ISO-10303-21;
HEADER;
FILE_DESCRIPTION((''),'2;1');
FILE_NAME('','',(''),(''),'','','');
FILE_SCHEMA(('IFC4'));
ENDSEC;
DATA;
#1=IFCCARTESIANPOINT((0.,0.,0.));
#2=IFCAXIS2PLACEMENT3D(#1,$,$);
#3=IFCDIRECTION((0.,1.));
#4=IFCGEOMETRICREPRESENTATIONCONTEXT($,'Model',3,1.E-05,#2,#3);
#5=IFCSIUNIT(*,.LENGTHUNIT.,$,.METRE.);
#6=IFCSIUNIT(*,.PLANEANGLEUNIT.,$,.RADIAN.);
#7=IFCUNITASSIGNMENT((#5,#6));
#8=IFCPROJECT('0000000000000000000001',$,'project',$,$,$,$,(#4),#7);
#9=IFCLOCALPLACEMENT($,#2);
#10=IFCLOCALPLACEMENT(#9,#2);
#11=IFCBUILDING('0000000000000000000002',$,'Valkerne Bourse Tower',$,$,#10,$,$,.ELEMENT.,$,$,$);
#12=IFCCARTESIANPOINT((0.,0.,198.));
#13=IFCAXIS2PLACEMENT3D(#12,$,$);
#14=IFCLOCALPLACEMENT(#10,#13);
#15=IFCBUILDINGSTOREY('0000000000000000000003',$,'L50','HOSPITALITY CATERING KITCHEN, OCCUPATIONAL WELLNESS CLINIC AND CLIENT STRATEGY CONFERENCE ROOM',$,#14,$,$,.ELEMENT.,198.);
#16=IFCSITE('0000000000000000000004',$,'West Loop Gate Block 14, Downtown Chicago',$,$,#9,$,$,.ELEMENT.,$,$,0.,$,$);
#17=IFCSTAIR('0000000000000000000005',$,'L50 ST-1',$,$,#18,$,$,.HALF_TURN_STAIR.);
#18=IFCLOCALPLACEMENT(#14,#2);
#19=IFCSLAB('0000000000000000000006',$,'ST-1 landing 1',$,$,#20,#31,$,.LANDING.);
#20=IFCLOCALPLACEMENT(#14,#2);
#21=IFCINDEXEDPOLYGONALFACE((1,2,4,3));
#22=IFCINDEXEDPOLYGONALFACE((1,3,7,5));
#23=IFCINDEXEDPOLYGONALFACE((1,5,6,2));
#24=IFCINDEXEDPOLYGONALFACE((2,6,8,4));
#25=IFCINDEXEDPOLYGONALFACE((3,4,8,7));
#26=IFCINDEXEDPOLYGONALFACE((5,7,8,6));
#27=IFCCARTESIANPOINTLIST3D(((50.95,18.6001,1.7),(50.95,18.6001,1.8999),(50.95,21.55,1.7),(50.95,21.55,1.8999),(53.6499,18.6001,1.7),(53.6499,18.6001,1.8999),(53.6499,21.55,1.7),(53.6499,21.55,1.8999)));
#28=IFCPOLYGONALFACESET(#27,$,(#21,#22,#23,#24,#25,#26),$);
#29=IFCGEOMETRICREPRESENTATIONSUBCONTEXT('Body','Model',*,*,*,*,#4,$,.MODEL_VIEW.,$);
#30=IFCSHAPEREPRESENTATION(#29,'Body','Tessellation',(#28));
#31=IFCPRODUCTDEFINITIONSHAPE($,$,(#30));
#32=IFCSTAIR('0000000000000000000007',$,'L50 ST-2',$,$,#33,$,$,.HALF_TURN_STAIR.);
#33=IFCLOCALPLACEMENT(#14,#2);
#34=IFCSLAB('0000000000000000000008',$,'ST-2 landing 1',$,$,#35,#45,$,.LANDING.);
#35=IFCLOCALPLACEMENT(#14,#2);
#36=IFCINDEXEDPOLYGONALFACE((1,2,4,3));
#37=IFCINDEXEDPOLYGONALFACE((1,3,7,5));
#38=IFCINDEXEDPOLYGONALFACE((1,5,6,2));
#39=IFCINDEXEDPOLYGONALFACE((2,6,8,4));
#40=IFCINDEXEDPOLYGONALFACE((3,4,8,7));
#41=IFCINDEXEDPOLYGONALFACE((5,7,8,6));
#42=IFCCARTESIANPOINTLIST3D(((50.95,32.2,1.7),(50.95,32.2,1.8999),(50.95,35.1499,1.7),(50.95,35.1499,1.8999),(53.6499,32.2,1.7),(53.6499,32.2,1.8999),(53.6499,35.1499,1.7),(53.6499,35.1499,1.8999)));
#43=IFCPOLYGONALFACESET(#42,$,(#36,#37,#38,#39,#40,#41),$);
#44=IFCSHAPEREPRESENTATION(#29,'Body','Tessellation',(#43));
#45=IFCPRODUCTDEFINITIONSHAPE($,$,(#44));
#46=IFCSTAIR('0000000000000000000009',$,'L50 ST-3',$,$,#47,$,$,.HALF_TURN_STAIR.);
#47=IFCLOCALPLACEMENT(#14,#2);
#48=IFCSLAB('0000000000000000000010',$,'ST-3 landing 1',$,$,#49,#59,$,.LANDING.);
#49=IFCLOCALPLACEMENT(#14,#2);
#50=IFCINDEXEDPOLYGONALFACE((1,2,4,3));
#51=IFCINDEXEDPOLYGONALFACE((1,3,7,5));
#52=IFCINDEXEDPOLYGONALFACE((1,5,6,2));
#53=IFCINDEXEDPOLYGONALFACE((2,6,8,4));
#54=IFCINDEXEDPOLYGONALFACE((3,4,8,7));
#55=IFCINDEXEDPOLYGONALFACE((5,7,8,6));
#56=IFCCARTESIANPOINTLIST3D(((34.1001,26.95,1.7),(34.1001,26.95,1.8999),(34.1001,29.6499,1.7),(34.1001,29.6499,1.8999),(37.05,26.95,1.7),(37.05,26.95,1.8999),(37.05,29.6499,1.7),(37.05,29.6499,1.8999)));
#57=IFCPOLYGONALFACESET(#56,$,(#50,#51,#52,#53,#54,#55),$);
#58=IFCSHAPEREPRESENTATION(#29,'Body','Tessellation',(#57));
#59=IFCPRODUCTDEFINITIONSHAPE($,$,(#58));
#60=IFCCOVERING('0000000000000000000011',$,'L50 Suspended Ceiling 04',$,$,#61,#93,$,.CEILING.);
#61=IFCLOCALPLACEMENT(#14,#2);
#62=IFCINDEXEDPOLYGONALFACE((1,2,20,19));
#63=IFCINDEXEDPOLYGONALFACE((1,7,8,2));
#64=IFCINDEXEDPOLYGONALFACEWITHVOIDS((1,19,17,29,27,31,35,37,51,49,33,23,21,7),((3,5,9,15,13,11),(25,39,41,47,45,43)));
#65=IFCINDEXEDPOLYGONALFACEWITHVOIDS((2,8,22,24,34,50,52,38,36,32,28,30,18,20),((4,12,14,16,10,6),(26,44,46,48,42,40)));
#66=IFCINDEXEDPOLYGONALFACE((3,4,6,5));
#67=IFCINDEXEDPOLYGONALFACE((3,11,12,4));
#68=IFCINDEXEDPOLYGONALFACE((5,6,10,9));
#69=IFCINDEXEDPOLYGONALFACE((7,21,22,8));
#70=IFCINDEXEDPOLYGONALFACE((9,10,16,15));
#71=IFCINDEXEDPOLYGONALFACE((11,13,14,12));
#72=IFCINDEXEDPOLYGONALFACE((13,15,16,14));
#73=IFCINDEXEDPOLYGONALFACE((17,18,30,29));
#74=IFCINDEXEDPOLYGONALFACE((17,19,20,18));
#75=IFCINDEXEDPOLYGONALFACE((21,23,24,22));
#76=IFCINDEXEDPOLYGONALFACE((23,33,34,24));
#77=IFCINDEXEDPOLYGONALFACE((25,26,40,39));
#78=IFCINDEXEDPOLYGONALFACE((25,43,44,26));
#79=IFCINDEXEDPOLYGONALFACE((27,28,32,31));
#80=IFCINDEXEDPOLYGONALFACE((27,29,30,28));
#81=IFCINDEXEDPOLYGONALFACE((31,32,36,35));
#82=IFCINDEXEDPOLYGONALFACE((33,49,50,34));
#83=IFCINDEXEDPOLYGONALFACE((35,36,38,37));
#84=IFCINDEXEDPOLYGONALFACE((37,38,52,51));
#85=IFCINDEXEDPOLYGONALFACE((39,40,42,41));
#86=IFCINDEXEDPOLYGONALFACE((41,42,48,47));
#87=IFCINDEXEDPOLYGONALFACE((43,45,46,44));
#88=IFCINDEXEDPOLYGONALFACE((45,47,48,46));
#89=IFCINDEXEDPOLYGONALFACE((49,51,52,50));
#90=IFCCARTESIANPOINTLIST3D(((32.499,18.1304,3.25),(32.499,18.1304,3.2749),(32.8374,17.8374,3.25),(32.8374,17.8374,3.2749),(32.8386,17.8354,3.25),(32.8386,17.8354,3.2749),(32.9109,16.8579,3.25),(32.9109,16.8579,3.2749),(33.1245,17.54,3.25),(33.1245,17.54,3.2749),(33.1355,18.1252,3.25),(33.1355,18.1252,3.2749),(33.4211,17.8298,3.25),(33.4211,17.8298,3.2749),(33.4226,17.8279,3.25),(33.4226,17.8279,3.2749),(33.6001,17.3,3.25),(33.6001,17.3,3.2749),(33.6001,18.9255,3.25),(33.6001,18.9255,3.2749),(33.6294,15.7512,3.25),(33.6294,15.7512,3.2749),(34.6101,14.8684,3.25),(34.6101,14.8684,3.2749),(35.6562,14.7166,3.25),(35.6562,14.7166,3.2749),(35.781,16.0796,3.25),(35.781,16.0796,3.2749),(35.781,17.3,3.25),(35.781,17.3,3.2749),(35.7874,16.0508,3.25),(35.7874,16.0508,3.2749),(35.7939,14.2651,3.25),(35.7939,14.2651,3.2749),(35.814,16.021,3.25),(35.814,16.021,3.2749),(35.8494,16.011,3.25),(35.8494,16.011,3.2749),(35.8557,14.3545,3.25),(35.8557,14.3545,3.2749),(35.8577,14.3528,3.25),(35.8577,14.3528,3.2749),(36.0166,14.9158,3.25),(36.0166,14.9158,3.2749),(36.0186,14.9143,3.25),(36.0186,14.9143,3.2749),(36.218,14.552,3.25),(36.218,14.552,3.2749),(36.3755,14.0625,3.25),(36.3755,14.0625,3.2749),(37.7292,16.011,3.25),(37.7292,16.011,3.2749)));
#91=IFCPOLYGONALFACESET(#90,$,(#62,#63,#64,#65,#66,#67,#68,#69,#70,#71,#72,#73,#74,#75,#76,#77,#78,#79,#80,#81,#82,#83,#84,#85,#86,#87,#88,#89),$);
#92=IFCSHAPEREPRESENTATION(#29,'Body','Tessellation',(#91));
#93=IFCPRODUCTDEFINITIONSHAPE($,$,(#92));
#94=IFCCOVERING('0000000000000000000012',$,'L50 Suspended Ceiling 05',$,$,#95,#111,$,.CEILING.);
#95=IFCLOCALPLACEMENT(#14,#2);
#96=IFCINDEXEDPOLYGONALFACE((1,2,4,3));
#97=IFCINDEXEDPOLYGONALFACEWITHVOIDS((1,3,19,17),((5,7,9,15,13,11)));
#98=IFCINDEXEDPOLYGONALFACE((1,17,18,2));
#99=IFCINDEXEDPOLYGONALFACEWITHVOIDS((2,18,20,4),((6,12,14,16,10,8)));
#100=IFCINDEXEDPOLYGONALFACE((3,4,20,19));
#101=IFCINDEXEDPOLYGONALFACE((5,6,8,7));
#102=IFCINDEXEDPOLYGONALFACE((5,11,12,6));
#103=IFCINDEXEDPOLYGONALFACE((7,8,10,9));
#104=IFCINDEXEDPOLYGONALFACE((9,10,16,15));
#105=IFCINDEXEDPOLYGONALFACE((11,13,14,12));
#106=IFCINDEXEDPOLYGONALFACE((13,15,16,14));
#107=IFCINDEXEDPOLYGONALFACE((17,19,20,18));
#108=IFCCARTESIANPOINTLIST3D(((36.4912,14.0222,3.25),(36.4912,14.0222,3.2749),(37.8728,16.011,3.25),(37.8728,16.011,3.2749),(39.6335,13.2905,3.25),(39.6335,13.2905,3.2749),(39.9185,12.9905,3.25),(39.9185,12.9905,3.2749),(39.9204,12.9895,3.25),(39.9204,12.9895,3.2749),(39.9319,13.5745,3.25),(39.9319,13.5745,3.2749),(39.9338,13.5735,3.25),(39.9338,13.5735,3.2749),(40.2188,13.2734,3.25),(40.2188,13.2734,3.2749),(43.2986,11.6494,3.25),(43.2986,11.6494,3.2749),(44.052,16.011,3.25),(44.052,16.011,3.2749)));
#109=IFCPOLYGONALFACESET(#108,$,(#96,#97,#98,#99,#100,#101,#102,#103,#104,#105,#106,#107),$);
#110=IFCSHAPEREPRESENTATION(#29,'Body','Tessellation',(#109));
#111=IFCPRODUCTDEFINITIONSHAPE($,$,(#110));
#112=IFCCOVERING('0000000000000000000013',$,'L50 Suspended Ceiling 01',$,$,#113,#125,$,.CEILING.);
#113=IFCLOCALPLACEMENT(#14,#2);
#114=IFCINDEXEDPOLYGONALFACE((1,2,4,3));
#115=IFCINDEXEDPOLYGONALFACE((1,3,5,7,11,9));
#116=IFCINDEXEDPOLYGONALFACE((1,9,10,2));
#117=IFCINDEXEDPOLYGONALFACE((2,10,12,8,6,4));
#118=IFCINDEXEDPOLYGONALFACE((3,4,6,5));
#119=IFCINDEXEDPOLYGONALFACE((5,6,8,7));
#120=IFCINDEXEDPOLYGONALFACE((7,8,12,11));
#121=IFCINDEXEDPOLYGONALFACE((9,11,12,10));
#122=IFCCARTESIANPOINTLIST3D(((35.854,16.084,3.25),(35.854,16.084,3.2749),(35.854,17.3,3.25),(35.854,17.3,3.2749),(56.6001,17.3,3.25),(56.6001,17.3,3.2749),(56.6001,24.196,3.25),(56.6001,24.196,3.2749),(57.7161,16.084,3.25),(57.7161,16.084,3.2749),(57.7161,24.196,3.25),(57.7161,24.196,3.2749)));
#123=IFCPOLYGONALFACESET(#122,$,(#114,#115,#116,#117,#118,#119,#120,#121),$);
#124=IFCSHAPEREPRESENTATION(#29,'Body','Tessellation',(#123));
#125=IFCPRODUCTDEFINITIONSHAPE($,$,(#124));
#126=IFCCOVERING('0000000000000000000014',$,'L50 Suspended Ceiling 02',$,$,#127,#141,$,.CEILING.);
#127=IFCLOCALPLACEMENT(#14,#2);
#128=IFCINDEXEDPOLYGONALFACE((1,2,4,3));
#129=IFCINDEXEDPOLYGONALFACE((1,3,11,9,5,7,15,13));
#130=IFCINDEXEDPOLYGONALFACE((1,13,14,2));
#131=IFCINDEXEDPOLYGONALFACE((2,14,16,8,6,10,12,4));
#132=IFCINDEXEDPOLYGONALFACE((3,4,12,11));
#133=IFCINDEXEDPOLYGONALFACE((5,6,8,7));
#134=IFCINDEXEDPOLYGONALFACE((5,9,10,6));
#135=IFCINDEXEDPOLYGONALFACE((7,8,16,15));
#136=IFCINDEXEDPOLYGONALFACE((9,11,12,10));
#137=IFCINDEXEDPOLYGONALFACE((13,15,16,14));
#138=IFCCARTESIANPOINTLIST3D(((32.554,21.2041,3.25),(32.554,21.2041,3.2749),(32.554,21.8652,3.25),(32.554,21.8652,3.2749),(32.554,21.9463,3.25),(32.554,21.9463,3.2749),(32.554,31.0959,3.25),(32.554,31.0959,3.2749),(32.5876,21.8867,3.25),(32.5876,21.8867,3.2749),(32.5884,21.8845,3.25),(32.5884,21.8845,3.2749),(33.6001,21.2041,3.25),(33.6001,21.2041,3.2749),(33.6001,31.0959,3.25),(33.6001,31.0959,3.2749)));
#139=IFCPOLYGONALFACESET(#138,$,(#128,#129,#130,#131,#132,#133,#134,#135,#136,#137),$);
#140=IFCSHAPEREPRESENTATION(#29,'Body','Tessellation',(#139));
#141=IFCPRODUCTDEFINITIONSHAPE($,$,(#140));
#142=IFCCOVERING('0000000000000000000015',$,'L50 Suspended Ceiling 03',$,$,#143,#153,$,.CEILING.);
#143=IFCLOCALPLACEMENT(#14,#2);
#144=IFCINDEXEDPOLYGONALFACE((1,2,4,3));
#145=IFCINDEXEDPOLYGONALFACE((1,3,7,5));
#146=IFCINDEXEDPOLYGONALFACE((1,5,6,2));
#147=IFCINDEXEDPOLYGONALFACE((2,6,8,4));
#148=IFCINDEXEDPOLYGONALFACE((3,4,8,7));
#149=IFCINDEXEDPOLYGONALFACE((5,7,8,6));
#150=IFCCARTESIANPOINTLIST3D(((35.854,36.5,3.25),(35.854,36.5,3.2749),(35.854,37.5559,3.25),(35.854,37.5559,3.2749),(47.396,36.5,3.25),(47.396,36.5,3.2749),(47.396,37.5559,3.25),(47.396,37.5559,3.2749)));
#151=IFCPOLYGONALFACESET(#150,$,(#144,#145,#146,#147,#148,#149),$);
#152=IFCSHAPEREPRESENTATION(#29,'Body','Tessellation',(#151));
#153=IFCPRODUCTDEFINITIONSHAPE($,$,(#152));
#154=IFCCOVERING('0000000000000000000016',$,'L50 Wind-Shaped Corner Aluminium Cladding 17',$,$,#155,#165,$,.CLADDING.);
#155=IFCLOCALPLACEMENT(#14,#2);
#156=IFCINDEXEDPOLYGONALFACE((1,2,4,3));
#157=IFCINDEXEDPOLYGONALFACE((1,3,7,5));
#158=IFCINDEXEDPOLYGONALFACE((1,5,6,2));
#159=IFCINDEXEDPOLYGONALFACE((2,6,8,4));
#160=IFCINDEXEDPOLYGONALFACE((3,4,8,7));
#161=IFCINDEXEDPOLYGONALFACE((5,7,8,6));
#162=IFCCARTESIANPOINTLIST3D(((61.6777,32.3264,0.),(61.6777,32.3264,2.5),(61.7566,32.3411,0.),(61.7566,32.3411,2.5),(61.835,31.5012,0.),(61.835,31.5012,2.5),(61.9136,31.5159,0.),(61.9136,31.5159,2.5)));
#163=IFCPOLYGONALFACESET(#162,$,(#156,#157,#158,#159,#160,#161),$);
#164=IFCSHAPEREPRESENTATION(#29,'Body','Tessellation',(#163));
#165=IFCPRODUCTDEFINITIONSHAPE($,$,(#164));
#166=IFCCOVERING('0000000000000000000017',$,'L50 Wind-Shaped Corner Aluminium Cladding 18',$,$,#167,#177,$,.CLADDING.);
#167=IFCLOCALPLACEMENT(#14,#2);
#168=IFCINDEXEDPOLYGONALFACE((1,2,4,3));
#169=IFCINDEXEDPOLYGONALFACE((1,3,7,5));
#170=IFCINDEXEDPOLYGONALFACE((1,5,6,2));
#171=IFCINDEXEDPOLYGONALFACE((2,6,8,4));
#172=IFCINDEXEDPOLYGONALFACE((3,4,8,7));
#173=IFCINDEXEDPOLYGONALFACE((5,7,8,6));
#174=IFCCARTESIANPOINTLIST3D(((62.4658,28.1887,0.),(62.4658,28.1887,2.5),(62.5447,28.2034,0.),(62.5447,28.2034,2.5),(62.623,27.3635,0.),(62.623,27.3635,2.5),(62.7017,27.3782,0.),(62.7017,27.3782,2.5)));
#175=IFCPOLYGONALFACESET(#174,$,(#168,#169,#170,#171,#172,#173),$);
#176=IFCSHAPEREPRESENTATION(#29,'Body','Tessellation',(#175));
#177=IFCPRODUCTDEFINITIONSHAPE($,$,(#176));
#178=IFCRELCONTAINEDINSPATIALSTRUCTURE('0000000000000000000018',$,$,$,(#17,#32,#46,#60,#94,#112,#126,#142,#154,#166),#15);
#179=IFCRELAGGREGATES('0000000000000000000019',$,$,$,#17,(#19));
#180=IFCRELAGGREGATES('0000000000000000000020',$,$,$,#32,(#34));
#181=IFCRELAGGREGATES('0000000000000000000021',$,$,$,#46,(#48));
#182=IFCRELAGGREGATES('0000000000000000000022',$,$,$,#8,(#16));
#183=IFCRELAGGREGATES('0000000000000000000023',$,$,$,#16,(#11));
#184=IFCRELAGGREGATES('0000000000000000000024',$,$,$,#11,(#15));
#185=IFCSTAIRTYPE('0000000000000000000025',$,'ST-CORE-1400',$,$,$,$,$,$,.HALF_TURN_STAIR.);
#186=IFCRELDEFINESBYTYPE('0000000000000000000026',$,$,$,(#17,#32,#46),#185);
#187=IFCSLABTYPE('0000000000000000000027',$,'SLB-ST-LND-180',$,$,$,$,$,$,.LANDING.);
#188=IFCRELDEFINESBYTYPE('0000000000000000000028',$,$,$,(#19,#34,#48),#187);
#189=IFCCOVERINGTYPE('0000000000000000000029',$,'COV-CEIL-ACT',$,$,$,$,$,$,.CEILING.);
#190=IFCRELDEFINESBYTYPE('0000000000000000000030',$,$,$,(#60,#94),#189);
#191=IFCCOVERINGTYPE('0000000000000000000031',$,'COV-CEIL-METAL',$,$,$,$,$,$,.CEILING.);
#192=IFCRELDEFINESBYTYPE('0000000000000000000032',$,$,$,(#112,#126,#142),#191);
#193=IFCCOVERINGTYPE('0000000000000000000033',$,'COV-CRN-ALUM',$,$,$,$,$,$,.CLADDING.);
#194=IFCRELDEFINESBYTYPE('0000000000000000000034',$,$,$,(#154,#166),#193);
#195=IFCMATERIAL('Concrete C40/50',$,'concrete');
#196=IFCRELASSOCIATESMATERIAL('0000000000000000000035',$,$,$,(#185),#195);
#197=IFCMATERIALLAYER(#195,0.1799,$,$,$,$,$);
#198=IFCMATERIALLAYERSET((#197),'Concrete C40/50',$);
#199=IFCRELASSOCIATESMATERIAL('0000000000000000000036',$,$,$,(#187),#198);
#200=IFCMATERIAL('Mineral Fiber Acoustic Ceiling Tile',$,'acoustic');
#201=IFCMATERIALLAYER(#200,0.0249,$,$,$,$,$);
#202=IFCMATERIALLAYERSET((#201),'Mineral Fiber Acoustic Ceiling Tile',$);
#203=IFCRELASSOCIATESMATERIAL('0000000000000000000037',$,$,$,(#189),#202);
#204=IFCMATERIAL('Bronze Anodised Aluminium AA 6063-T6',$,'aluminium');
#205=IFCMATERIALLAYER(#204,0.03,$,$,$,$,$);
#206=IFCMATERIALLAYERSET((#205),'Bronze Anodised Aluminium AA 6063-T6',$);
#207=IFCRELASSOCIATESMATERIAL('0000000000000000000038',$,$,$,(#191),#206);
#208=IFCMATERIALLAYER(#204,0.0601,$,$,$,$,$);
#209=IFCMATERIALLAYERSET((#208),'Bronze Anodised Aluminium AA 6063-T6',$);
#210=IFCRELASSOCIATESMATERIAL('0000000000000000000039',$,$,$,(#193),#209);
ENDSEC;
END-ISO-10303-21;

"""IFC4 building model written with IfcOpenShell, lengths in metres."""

from ifc_helpers import new_model, si_unit, direction, frame, origin, place, context, subcontext, project, spatial, polyline, outline, extrude, material, layer, layer_set, type_object, element, aggregate, save


model = new_model("IFC4")

# Units and contexts
model_context = context("Model", 3, precision=1e-05, world=origin(), true_north=direction((0.0, 1.0)))
body_context = subcontext(model_context, "Body", "Model", "MODEL_VIEW")
ifc_project = project(units=[si_unit("LENGTHUNIT", "METRE"), si_unit("PLANEANGLEUNIT", "RADIAN")], contexts=[model_context])

# Site, building, storey
site_placement = place(None, origin())
site = spatial("IfcSite", under=ifc_project, at=site_placement, Name="West Loop Gate Block 14, Downtown Chicago", CompositionType="ELEMENT", RefElevation=0.0)
building_placement = place(site_placement, origin())
building = spatial("IfcBuilding", under=site, at=building_placement, Name="Valkerne Bourse Tower", CompositionType="ELEMENT")
storey_placement = place(building_placement, frame((0.0, 0.0, 198.0)))
storey = spatial("IfcBuildingStorey", under=building, at=storey_placement, Name="L50", Description="HOSPITALITY CATERING KITCHEN, OCCUPATIONAL WELLNESS CLINIC AND CLIENT STRATEGY CONFERENCE ROOM", CompositionType="ELEMENT", Elevation=198.0)

# Stairs, slabs
ifc_material_1 = material(Name="Concrete C40/50", Category="concrete")
stair_type = type_object("IfcStairType", Name="ST-CORE-1400", PredefinedType="HALF_TURN_STAIR", material=ifc_material_1)
stair_1_placement = place(storey_placement, origin())
stair_1 = element("IfcStair", 1, at=stair_1_placement, inside=storey, type_object=stair_type, Name="L50 ST-1", PredefinedType="HALF_TURN_STAIR")
ifc_layer_1 = layer(ifc_material_1, 0.1799)
ifc_layer_set_1 = layer_set([ifc_layer_1], Name="Concrete C40/50")
slab_type = type_object("IfcSlabType", Name="SLB-ST-LND-180", PredefinedType="LANDING", material=ifc_layer_set_1)
slab_1_placement = place(storey_placement, frame((0.0, 0.0, 1.7)))
slab_1 = element("IfcSlab", 2, at=slab_1_placement, type_object=slab_type, Name="ST-1 landing 1", PredefinedType="LANDING", context=body_context, shape_type="SweptSolid", body=[
    extrude(outline(polyline([(50.95, 18.6001), (53.6499, 18.6001), (53.6499, 21.55), (50.95, 21.55), (50.95, 18.6001)])), origin(), (0.0, 0.0, 1.0), 0.2),
])
aggregate(stair_1, [slab_1])
stair_2_placement = place(storey_placement, origin())
stair_2 = element("IfcStair", 3, at=stair_2_placement, inside=storey, type_object=stair_type, Name="L50 ST-2", PredefinedType="HALF_TURN_STAIR")
slab_2_placement = place(storey_placement, frame((0.0, 0.0, 1.7)))
slab_2 = element("IfcSlab", 4, at=slab_2_placement, type_object=slab_type, Name="ST-2 landing 1", PredefinedType="LANDING", context=body_context, shape_type="SweptSolid", body=[
    extrude(outline(polyline([(50.95, 32.2), (53.6499, 32.2), (53.6499, 35.1499), (50.95, 35.1499), (50.95, 32.2)])), origin(), (0.0, 0.0, 1.0), 0.2),
])
aggregate(stair_2, [slab_2])
stair_3_placement = place(storey_placement, origin())
stair_3 = element("IfcStair", 5, at=stair_3_placement, inside=storey, type_object=stair_type, Name="L50 ST-3", PredefinedType="HALF_TURN_STAIR")
slab_3_placement = place(storey_placement, frame((0.0, 0.0, 1.7)))
slab_3 = element("IfcSlab", 6, at=slab_3_placement, type_object=slab_type, Name="ST-3 landing 1", PredefinedType="LANDING", context=body_context, shape_type="SweptSolid", body=[
    extrude(outline(polyline([(37.05, 26.95), (37.05, 29.6499), (34.1001, 29.6499), (34.1001, 26.95), (37.05, 26.95)])), origin(), (0.0, 0.0, 1.0), 0.2),
])
aggregate(stair_3, [slab_3])

# Coverings
ifc_material_2 = material(Name="Mineral Fiber Acoustic Ceiling Tile", Category="acoustic")
ifc_layer_2 = layer(ifc_material_2, 0.0249)
ifc_layer_set_2 = layer_set([ifc_layer_2], Name="Mineral Fiber Acoustic Ceiling Tile")
covering_type_1 = type_object("IfcCoveringType", Name="COV-CEIL-ACT", PredefinedType="CEILING", material=ifc_layer_set_2)
covering_1_placement = place(storey_placement, frame((0.0, 0.0, 3.25)))
element("IfcCovering", 7, at=covering_1_placement, inside=storey, type_object=covering_type_1, Name="L50 Suspended Ceiling 04", PredefinedType="CEILING", context=body_context, shape_type="SweptSolid", body=[
    extrude(outline(polyline([(33.6294, 15.7512), (32.9109, 16.8579), (32.499, 18.1304), (33.6001, 18.9255), (33.6001, 17.3), (35.781, 17.3), (35.781, 16.0796), (35.7874, 16.0508), (35.814, 16.021), (35.8494, 16.011), (37.7292, 16.011), (36.3755, 14.0625), (35.7939, 14.2651), (34.6101, 14.8684), (33.6294, 15.7512)]), holes=[polyline([(36.0186, 14.9143), (36.0166, 14.9158), (35.6562, 14.7166), (35.8557, 14.3545), (35.8577, 14.3528), (36.218, 14.552), (36.0186, 14.9143)]), polyline([(33.4211, 17.8298), (33.1355, 18.1252), (32.8374, 17.8374), (32.8386, 17.8354), (33.1245, 17.54), (33.4226, 17.8279), (33.4211, 17.8298)])]), origin(), (0.0, 0.0, 1.0), 0.0249),
])
covering_2_placement = place(storey_placement, frame((0.0, 0.0, 3.25)))
element("IfcCovering", 8, at=covering_2_placement, inside=storey, type_object=covering_type_1, Name="L50 Suspended Ceiling 05", PredefinedType="CEILING", context=body_context, shape_type="SweptSolid", body=[
    extrude(outline(polyline([(44.052, 16.011), (43.2986, 11.6494), (36.4912, 14.0222), (37.8728, 16.011), (44.052, 16.011)]), holes=[polyline([(39.9338, 13.5735), (39.9319, 13.5745), (39.6335, 13.2905), (39.9185, 12.9905), (39.9204, 12.9895), (40.2188, 13.2734), (39.9338, 13.5735)])]), origin(), (0.0, 0.0, 1.0), 0.0249),
])
ifc_material_3 = material(Name="Bronze Anodised Aluminium AA 6063-T6", Category="aluminium")
ifc_layer_3 = layer(ifc_material_3, 0.03)
ifc_layer_set_3 = layer_set([ifc_layer_3], Name="Bronze Anodised Aluminium AA 6063-T6")
covering_type_2 = type_object("IfcCoveringType", Name="COV-CEIL-METAL", PredefinedType="CEILING", material=ifc_layer_set_3)
covering_3_placement = place(storey_placement, frame((0.0, 0.0, 3.25)))
element("IfcCovering", 9, at=covering_3_placement, inside=storey, type_object=covering_type_2, Name="L50 Suspended Ceiling 01", PredefinedType="CEILING", context=body_context, shape_type="SweptSolid", body=[
    extrude(outline(polyline([(35.854, 17.3), (56.6001, 17.3), (56.6001, 24.196), (57.7161, 24.196), (57.7161, 16.084), (35.854, 16.084), (35.854, 17.3)])), origin(), (0.0, 0.0, 1.0), 0.0249),
])
covering_4_placement = place(storey_placement, frame((0.0, 0.0, 3.25)))
element("IfcCovering", 10, at=covering_4_placement, inside=storey, type_object=covering_type_2, Name="L50 Suspended Ceiling 02", PredefinedType="CEILING", context=body_context, shape_type="SweptSolid", body=[
    extrude(outline(polyline([(32.554, 21.2041), (32.554, 21.8652), (32.5884, 21.8845), (32.5876, 21.8867), (32.554, 21.9463), (32.554, 31.0959), (33.6001, 31.0959), (33.6001, 21.2041), (32.554, 21.2041)])), origin(), (0.0, 0.0, 1.0), 0.0249),
])
covering_5_placement = place(storey_placement, frame((0.0, 0.0, 3.25)))
element("IfcCovering", 11, at=covering_5_placement, inside=storey, type_object=covering_type_2, Name="L50 Suspended Ceiling 03", PredefinedType="CEILING", context=body_context, shape_type="SweptSolid", body=[
    extrude(outline(polyline([(35.854, 37.5559), (47.396, 37.5559), (47.396, 36.5), (35.854, 36.5), (35.854, 37.5559)])), origin(), (0.0, 0.0, 1.0), 0.0249),
])
ifc_layer_4 = layer(ifc_material_3, 0.0601)
ifc_layer_set_4 = layer_set([ifc_layer_4], Name="Bronze Anodised Aluminium AA 6063-T6")
covering_type_3 = type_object("IfcCoveringType", Name="COV-CRN-ALUM", PredefinedType="CLADDING", material=ifc_layer_set_4)
covering_6_placement = place(storey_placement, origin())
element("IfcCovering", 12, at=covering_6_placement, inside=storey, type_object=covering_type_3, Name="L50 Wind-Shaped Corner Aluminium Cladding 17", PredefinedType="CLADDING", context=body_context, shape_type="SweptSolid", body=[
    extrude(outline(polyline([(61.9136, 31.5159), (61.835, 31.5012), (61.6777, 32.3264), (61.7566, 32.3411), (61.9136, 31.5159)])), origin(), (0.0, 0.0, 1.0), 2.5),
])
covering_7_placement = place(storey_placement, origin())
element("IfcCovering", 13, at=covering_7_placement, inside=storey, type_object=covering_type_3, Name="L50 Wind-Shaped Corner Aluminium Cladding 18", PredefinedType="CLADDING", context=body_context, shape_type="SweptSolid", body=[
    extrude(outline(polyline([(62.7017, 27.3782), (62.623, 27.3635), (62.4658, 28.1887), (62.5447, 28.2034), (62.7017, 27.3782)])), origin(), (0.0, 0.0, 1.0), 2.5),
])

save(model, "model.ifc")
